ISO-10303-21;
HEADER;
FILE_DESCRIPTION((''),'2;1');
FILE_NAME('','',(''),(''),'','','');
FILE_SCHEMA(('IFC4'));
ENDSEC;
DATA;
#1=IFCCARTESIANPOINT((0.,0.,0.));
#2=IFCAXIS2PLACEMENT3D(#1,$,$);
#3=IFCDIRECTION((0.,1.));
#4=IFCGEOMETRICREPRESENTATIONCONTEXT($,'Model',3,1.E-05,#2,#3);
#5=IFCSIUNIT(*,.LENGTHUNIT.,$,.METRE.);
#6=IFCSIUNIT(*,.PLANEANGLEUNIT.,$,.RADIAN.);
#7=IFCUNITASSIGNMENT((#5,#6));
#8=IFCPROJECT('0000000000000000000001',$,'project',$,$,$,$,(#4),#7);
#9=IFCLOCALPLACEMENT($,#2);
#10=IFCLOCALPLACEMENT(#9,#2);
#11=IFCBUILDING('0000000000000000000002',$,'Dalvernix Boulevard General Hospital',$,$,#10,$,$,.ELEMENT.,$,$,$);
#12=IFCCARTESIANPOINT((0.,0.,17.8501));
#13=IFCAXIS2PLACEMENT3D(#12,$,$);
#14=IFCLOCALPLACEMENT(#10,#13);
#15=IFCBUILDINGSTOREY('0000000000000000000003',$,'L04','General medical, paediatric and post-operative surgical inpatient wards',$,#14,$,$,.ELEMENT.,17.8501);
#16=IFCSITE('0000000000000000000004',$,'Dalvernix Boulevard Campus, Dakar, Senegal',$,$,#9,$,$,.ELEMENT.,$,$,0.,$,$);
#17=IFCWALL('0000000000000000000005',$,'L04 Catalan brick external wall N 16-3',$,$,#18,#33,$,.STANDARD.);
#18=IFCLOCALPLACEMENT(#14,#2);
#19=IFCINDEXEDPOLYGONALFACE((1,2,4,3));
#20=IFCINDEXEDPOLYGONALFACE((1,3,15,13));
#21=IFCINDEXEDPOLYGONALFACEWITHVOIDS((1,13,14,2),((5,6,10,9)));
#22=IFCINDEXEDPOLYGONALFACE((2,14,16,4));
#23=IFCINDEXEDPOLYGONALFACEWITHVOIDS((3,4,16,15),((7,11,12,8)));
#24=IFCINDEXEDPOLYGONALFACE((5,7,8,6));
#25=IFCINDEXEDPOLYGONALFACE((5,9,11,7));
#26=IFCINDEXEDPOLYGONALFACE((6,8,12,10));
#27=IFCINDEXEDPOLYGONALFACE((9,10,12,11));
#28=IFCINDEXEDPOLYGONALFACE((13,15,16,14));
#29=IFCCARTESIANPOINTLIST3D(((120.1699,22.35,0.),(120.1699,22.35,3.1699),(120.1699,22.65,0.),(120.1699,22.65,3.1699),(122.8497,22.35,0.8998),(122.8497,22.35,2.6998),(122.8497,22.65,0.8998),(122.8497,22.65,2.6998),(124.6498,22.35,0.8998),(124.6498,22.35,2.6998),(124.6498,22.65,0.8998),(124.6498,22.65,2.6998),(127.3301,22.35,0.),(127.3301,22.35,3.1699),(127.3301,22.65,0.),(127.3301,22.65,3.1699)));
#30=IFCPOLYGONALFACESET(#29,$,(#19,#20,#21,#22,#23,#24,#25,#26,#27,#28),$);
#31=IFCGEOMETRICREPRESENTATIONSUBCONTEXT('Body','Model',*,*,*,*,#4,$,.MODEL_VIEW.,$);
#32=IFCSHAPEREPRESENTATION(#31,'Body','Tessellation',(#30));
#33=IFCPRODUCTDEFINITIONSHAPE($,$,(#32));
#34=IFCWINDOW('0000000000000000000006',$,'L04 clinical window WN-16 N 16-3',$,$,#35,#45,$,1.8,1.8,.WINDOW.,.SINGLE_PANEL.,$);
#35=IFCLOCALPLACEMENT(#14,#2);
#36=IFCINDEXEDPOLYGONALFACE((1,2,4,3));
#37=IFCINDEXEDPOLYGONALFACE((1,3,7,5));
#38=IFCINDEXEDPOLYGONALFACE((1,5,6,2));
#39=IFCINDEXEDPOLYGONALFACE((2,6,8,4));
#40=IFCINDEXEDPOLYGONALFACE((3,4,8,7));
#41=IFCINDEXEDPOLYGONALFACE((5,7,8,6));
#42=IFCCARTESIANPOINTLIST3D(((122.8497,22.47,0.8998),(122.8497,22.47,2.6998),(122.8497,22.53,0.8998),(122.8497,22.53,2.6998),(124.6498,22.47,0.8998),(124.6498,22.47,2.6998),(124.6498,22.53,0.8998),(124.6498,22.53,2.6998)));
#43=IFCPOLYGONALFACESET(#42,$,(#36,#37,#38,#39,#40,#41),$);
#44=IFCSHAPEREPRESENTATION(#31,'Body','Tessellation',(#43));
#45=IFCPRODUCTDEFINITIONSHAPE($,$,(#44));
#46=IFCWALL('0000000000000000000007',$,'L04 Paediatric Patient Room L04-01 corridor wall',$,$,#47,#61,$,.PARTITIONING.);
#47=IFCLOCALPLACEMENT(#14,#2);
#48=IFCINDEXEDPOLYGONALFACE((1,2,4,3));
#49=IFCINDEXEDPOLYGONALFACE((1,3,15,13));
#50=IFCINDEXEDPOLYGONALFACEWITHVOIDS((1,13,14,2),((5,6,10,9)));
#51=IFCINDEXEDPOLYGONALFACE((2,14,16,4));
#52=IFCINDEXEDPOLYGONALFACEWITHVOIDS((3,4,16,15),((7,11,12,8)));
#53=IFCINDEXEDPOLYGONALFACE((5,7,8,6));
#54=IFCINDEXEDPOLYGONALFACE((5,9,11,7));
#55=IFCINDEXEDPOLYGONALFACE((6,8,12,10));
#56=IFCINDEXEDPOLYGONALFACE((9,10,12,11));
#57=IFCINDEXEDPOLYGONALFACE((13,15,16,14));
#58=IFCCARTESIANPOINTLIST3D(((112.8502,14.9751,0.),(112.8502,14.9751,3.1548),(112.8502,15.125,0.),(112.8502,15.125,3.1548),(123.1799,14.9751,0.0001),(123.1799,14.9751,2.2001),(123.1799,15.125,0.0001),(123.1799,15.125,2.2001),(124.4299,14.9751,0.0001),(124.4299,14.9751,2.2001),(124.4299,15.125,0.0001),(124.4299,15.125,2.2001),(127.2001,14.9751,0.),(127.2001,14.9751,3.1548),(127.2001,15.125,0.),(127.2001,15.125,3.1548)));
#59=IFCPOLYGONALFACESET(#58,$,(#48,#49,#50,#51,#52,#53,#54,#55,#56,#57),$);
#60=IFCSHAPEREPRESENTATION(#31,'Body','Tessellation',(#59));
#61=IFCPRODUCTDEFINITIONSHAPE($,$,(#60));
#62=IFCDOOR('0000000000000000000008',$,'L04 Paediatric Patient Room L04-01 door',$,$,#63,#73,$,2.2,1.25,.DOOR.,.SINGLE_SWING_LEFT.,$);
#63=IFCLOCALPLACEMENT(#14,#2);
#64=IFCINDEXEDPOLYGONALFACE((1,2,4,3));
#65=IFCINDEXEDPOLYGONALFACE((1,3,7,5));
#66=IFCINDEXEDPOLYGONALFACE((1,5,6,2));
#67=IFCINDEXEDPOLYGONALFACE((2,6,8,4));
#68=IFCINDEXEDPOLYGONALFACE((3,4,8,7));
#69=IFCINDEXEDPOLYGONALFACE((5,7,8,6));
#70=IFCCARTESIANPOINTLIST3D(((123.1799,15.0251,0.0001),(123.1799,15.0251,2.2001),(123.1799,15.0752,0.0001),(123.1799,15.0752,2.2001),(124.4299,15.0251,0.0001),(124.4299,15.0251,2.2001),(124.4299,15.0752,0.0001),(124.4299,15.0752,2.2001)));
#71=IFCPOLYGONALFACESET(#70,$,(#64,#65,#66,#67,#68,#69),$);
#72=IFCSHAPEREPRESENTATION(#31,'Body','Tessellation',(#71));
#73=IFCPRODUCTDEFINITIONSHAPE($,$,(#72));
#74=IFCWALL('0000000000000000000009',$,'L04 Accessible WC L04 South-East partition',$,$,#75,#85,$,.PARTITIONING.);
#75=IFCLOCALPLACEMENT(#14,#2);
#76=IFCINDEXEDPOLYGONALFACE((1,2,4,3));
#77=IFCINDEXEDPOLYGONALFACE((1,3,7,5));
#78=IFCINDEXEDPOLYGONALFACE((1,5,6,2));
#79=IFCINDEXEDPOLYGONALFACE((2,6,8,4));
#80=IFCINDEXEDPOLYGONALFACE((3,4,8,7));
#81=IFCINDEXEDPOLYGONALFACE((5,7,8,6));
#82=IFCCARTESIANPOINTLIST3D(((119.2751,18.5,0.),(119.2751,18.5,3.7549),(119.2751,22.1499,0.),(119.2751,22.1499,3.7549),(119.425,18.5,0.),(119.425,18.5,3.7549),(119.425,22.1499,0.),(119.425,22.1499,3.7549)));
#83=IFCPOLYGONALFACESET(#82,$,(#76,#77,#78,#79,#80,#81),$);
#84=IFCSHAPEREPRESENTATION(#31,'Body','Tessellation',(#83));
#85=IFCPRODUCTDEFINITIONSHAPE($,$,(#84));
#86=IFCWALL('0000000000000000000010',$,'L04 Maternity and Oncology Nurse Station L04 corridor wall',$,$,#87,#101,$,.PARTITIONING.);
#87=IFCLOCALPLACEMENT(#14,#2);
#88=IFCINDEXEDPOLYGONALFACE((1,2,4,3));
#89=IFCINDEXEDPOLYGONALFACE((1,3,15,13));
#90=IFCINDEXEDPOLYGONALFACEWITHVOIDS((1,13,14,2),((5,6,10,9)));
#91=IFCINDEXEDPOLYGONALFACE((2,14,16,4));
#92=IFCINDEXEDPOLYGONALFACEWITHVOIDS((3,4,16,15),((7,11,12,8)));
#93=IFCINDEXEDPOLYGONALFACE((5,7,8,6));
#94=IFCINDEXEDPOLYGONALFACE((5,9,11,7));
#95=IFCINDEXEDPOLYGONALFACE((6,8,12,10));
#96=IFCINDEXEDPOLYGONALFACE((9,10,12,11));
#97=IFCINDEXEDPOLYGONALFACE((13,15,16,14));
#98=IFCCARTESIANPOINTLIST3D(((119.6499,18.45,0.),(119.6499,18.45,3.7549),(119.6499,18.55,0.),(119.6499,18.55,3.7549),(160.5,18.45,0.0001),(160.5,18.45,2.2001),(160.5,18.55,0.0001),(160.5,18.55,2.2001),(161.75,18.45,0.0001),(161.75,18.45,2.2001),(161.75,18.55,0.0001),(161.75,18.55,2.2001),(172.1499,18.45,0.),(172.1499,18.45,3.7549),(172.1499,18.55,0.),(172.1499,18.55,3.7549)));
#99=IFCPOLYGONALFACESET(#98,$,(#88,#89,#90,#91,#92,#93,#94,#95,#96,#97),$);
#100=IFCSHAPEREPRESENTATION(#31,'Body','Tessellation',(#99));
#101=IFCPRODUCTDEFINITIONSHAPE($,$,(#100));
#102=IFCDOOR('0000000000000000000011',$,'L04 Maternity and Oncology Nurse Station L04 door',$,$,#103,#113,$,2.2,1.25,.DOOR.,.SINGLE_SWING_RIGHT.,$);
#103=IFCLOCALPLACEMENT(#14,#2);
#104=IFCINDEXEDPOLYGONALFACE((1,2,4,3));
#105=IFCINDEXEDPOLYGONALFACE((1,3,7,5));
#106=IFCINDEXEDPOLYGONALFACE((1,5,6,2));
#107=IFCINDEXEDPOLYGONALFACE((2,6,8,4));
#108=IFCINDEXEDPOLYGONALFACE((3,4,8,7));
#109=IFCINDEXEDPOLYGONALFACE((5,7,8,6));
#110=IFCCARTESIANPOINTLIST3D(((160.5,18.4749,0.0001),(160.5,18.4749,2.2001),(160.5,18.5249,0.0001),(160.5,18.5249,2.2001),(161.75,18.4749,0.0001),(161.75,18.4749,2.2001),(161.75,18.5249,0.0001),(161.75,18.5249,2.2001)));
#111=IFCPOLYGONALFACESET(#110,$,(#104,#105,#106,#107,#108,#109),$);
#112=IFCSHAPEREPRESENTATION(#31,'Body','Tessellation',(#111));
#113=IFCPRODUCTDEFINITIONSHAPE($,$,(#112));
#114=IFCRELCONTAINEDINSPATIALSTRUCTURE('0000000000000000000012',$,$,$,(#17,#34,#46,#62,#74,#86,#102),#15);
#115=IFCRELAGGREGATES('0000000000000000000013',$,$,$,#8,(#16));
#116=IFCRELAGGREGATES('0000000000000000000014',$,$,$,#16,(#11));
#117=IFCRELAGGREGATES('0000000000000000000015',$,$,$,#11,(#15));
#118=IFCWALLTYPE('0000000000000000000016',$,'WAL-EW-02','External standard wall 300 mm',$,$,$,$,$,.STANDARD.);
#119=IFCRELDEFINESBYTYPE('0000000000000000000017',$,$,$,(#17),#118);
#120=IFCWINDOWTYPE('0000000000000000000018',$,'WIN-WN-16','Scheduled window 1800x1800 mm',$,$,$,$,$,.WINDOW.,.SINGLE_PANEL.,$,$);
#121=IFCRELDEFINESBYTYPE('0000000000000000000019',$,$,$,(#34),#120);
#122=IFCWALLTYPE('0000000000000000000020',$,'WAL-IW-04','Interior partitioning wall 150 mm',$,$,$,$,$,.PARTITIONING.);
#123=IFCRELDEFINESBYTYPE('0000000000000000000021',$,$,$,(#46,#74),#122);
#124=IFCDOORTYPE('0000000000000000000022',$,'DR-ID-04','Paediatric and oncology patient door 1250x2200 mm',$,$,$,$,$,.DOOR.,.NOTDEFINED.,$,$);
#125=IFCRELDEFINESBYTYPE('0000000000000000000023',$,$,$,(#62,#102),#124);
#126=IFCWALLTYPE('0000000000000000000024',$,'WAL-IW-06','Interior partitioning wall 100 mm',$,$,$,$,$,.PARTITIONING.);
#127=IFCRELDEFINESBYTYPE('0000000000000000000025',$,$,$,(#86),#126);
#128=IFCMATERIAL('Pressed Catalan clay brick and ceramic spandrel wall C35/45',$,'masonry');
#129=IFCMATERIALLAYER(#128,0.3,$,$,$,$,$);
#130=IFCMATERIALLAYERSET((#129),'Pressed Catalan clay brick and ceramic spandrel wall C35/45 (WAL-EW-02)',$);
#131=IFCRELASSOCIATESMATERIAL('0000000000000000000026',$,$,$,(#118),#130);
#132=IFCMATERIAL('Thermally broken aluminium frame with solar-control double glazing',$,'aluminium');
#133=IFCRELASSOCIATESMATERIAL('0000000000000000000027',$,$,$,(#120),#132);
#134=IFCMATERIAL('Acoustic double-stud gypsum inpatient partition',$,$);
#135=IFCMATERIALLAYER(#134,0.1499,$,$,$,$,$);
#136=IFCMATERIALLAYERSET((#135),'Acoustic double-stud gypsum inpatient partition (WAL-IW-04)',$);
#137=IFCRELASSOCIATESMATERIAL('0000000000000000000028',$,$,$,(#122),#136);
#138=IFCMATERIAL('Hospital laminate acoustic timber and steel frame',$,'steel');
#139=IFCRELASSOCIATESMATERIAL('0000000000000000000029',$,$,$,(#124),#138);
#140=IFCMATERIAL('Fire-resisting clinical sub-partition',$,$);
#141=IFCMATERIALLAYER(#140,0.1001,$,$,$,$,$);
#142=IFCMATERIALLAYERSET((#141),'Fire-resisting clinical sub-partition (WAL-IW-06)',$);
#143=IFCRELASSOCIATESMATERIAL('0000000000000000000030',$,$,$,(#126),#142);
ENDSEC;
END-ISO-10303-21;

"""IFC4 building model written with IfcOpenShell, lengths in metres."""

from ifc_helpers import new_model, si_unit, direction, frame, frame_2d, origin, place, context, subcontext, project, spatial, rectangle, extrude, material, layer, layer_set, type_object, element, fill, save


model = new_model("IFC4")

# Units and contexts
model_context = context("Model", 3, precision=1e-05, world=origin(), true_north=direction((0.0, 1.0)))
body_context = subcontext(model_context, "Body", "Model", "MODEL_VIEW")
ifc_project = project(units=[si_unit("LENGTHUNIT", "METRE"), si_unit("PLANEANGLEUNIT", "RADIAN")], contexts=[model_context])

# Site, building, storey
site_placement = place(None, origin())
site = spatial("IfcSite", under=ifc_project, at=site_placement, Name="Dalvernix Boulevard Campus, Dakar, Senegal", CompositionType="ELEMENT", RefElevation=0.0)
building_placement = place(site_placement, origin())
building = spatial("IfcBuilding", under=site, at=building_placement, Name="Dalvernix Boulevard General Hospital", CompositionType="ELEMENT")
storey_placement = place(building_placement, frame((0.0, 0.0, 17.8501)))
storey = spatial("IfcBuildingStorey", under=building, at=storey_placement, Name="L04", Description="General medical, paediatric and post-operative surgical inpatient wards", CompositionType="ELEMENT", Elevation=17.8501)

# Wall, opening, window
ifc_material_1 = material(Name="Pressed Catalan clay brick and ceramic spandrel wall C35/45", Category="masonry")
ifc_layer_1 = layer(ifc_material_1, 0.3)
ifc_layer_set_1 = layer_set([ifc_layer_1], Name="Pressed Catalan clay brick and ceramic spandrel wall C35/45 (WAL-EW-02)")
wall_type_1 = type_object("IfcWallType", Name="WAL-EW-02", Description="External standard wall 300 mm", PredefinedType="STANDARD", material=ifc_layer_set_1)
wall_1_placement = place(storey_placement, frame((120.1699, 22.5, 0.0), z_axis=(0.0, 0.0, 1.0), x_axis=(1.0, 0.0, 0.0)))
wall_1 = element("IfcWall", 1, at=wall_1_placement, inside=storey, type_object=wall_type_1, Name="L04 Catalan brick external wall N 16-3", PredefinedType="STANDARD", context=body_context, shape_type="SweptSolid", body=[
    extrude(rectangle(XDim=7.1602, YDim=0.3, at=frame_2d((3.5801, 0.0))), origin(), (0.0, 0.0, 1.0), 3.1699),
])
opening_1_placement = place(wall_1_placement, frame((2.6799, 0.0, 0.8999)))
opening_1 = element("IfcOpeningElement", 2, at=opening_1_placement, cuts=wall_1, PredefinedType="OPENING", context=body_context, shape_type="SweptSolid", body=[
    extrude(rectangle(XDim=1.8, YDim=1.8, at=frame_2d((0.8999, 0.8999))), frame((0.0, 0.1599, 0.0), z_axis=(0.0, -1.0, 0.0), x_axis=(1.0, 0.0, 0.0)), (0.0, 0.0, 1.0), 0.3201),
])
ifc_material_2 = material(Name="Thermally broken aluminium frame with solar-control double glazing", Category="aluminium")
window_type = type_object("IfcWindowType", Name="WIN-WN-16", Description="Scheduled window 1800x1800 mm", PartitioningType="SINGLE_PANEL", PredefinedType="WINDOW", material=ifc_material_2)
window_placement = place(opening_1_placement, origin())
window = element("IfcWindow", 3, at=window_placement, inside=storey, type_object=window_type, Name="L04 clinical window WN-16 N 16-3", OverallHeight=1.8, OverallWidth=1.8, PartitioningType="SINGLE_PANEL", PredefinedType="WINDOW", context=body_context, shape_type="SweptSolid", body=[
    extrude(rectangle(XDim=1.8, YDim=1.8, at=frame_2d((0.8999, 0.8999))), frame((0.0, 0.03, 0.0), z_axis=(0.0, -1.0, 0.0), x_axis=(1.0, 0.0, 0.0)), (0.0, 0.0, 1.0), 0.0601),
])
fill(opening_1, window)

# Wall, opening, door
ifc_material_3 = material(Name="Acoustic double-stud gypsum inpatient partition")
ifc_layer_2 = layer(ifc_material_3, 0.1499)
ifc_layer_set_2 = layer_set([ifc_layer_2], Name="Acoustic double-stud gypsum inpatient partition (WAL-IW-04)")
wall_type_2 = type_object("IfcWallType", Name="WAL-IW-04", Description="Interior partitioning wall 150 mm", PredefinedType="PARTITIONING", material=ifc_layer_set_2)
wall_2_placement = place(storey_placement, frame((127.2, 15.05, 0.0), z_axis=(0.0, 0.0, 1.0), x_axis=(-1.0, 0.0, 0.0)))
wall_2 = element("IfcWall", 4, at=wall_2_placement, inside=storey, type_object=wall_type_2, Name="L04 Paediatric Patient Room L04-01 corridor wall", PredefinedType="PARTITIONING", context=body_context, shape_type="SweptSolid", body=[
    extrude(rectangle(XDim=14.3499, YDim=0.1499, at=frame_2d((7.1748, 0.0))), origin(), (0.0, 0.0, 1.0), 3.1548),
])
opening_2_placement = place(wall_2_placement, frame((2.77, 0.0, 0.0)))
opening_2 = element("IfcOpeningElement", 5, at=opening_2_placement, cuts=wall_2, PredefinedType="OPENING", context=body_context, shape_type="SweptSolid", body=[
    extrude(rectangle(XDim=1.25, YDim=2.2, at=frame_2d((0.625, 1.1001))), frame((0.0, 0.085, 0.0), z_axis=(0.0, -1.0, 0.0), x_axis=(1.0, 0.0, 0.0)), (0.0, 0.0, 1.0), 0.1699),
])
ifc_material_4 = material(Name="Hospital laminate acoustic timber and steel frame", Category="steel")
door_type = type_object("IfcDoorType", Name="DR-ID-04", Description="Paediatric and oncology patient door 1250x2200 mm", OperationType="NOTDEFINED", PredefinedType="DOOR", material=ifc_material_4)
door_1_placement = place(opening_2_placement, origin())
door_1 = element("IfcDoor", 6, at=door_1_placement, inside=storey, type_object=door_type, Name="L04 Paediatric Patient Room L04-01 door", OperationType="SINGLE_SWING_LEFT", OverallHeight=2.2, OverallWidth=1.25, PredefinedType="DOOR", context=body_context, shape_type="SweptSolid", body=[
    extrude(rectangle(XDim=1.25, YDim=2.2, at=frame_2d((0.625, 1.1001))), frame((0.0, 0.0249, 0.0), z_axis=(0.0, -1.0, 0.0), x_axis=(1.0, 0.0, 0.0)), (0.0, 0.0, 1.0), 0.05),
])
fill(opening_2, door_1)

# Wall
wall_3_placement = place(storey_placement, frame((119.3501, 18.5, 0.0), z_axis=(0.0, 0.0, 1.0), x_axis=(0.0, 1.0, 0.0)))
element("IfcWall", 7, at=wall_3_placement, inside=storey, type_object=wall_type_2, Name="L04 Accessible WC L04 South-East partition", PredefinedType="PARTITIONING", context=body_context, shape_type="SweptSolid", body=[
    extrude(rectangle(XDim=3.6499, YDim=0.1499, at=frame_2d((1.825, 0.0))), origin(), (0.0, 0.0, 1.0), 3.7549),
])

# Wall, opening, door
ifc_material_5 = material(Name="Fire-resisting clinical sub-partition")
ifc_layer_3 = layer(ifc_material_5, 0.1001)
ifc_layer_set_3 = layer_set([ifc_layer_3], Name="Fire-resisting clinical sub-partition (WAL-IW-06)")
wall_type_3 = type_object("IfcWallType", Name="WAL-IW-06", Description="Interior partitioning wall 100 mm", PredefinedType="PARTITIONING", material=ifc_layer_set_3)
wall_4_placement = place(storey_placement, frame((119.6499, 18.5, 0.0), z_axis=(0.0, 0.0, 1.0), x_axis=(1.0, 0.0, 0.0)))
wall_4 = element("IfcWall", 8, at=wall_4_placement, inside=storey, type_object=wall_type_3, Name="L04 Maternity and Oncology Nurse Station L04 corridor wall", PredefinedType="PARTITIONING", context=body_context, shape_type="SweptSolid", body=[
    extrude(rectangle(XDim=52.5, YDim=0.1001, at=frame_2d((26.25, 0.0))), origin(), (0.0, 0.0, 1.0), 3.7549),
])
opening_3_placement = place(wall_4_placement, frame((40.8501, 0.0, 0.0)))
opening_3 = element("IfcOpeningElement", 9, at=opening_3_placement, cuts=wall_4, PredefinedType="OPENING", context=body_context, shape_type="SweptSolid", body=[
    extrude(rectangle(XDim=1.25, YDim=2.2, at=frame_2d((0.625, 1.1001))), frame((0.0, 0.0601, 0.0), z_axis=(0.0, -1.0, 0.0), x_axis=(1.0, 0.0, 0.0)), (0.0, 0.0, 1.0), 0.1201),
])
door_2_placement = place(opening_3_placement, origin())
door_2 = element("IfcDoor", 10, at=door_2_placement, inside=storey, type_object=door_type, Name="L04 Maternity and Oncology Nurse Station L04 door", OperationType="SINGLE_SWING_RIGHT", OverallHeight=2.2, OverallWidth=1.25, PredefinedType="DOOR", context=body_context, shape_type="SweptSolid", body=[
    extrude(rectangle(XDim=1.25, YDim=2.2, at=frame_2d((0.625, 1.1001))), frame((0.0, 0.0249, 0.0), z_axis=(0.0, -1.0, 0.0), x_axis=(1.0, 0.0, 0.0)), (0.0, 0.0, 1.0), 0.05),
])
fill(opening_3, door_2)

save(model, "model.ifc")
